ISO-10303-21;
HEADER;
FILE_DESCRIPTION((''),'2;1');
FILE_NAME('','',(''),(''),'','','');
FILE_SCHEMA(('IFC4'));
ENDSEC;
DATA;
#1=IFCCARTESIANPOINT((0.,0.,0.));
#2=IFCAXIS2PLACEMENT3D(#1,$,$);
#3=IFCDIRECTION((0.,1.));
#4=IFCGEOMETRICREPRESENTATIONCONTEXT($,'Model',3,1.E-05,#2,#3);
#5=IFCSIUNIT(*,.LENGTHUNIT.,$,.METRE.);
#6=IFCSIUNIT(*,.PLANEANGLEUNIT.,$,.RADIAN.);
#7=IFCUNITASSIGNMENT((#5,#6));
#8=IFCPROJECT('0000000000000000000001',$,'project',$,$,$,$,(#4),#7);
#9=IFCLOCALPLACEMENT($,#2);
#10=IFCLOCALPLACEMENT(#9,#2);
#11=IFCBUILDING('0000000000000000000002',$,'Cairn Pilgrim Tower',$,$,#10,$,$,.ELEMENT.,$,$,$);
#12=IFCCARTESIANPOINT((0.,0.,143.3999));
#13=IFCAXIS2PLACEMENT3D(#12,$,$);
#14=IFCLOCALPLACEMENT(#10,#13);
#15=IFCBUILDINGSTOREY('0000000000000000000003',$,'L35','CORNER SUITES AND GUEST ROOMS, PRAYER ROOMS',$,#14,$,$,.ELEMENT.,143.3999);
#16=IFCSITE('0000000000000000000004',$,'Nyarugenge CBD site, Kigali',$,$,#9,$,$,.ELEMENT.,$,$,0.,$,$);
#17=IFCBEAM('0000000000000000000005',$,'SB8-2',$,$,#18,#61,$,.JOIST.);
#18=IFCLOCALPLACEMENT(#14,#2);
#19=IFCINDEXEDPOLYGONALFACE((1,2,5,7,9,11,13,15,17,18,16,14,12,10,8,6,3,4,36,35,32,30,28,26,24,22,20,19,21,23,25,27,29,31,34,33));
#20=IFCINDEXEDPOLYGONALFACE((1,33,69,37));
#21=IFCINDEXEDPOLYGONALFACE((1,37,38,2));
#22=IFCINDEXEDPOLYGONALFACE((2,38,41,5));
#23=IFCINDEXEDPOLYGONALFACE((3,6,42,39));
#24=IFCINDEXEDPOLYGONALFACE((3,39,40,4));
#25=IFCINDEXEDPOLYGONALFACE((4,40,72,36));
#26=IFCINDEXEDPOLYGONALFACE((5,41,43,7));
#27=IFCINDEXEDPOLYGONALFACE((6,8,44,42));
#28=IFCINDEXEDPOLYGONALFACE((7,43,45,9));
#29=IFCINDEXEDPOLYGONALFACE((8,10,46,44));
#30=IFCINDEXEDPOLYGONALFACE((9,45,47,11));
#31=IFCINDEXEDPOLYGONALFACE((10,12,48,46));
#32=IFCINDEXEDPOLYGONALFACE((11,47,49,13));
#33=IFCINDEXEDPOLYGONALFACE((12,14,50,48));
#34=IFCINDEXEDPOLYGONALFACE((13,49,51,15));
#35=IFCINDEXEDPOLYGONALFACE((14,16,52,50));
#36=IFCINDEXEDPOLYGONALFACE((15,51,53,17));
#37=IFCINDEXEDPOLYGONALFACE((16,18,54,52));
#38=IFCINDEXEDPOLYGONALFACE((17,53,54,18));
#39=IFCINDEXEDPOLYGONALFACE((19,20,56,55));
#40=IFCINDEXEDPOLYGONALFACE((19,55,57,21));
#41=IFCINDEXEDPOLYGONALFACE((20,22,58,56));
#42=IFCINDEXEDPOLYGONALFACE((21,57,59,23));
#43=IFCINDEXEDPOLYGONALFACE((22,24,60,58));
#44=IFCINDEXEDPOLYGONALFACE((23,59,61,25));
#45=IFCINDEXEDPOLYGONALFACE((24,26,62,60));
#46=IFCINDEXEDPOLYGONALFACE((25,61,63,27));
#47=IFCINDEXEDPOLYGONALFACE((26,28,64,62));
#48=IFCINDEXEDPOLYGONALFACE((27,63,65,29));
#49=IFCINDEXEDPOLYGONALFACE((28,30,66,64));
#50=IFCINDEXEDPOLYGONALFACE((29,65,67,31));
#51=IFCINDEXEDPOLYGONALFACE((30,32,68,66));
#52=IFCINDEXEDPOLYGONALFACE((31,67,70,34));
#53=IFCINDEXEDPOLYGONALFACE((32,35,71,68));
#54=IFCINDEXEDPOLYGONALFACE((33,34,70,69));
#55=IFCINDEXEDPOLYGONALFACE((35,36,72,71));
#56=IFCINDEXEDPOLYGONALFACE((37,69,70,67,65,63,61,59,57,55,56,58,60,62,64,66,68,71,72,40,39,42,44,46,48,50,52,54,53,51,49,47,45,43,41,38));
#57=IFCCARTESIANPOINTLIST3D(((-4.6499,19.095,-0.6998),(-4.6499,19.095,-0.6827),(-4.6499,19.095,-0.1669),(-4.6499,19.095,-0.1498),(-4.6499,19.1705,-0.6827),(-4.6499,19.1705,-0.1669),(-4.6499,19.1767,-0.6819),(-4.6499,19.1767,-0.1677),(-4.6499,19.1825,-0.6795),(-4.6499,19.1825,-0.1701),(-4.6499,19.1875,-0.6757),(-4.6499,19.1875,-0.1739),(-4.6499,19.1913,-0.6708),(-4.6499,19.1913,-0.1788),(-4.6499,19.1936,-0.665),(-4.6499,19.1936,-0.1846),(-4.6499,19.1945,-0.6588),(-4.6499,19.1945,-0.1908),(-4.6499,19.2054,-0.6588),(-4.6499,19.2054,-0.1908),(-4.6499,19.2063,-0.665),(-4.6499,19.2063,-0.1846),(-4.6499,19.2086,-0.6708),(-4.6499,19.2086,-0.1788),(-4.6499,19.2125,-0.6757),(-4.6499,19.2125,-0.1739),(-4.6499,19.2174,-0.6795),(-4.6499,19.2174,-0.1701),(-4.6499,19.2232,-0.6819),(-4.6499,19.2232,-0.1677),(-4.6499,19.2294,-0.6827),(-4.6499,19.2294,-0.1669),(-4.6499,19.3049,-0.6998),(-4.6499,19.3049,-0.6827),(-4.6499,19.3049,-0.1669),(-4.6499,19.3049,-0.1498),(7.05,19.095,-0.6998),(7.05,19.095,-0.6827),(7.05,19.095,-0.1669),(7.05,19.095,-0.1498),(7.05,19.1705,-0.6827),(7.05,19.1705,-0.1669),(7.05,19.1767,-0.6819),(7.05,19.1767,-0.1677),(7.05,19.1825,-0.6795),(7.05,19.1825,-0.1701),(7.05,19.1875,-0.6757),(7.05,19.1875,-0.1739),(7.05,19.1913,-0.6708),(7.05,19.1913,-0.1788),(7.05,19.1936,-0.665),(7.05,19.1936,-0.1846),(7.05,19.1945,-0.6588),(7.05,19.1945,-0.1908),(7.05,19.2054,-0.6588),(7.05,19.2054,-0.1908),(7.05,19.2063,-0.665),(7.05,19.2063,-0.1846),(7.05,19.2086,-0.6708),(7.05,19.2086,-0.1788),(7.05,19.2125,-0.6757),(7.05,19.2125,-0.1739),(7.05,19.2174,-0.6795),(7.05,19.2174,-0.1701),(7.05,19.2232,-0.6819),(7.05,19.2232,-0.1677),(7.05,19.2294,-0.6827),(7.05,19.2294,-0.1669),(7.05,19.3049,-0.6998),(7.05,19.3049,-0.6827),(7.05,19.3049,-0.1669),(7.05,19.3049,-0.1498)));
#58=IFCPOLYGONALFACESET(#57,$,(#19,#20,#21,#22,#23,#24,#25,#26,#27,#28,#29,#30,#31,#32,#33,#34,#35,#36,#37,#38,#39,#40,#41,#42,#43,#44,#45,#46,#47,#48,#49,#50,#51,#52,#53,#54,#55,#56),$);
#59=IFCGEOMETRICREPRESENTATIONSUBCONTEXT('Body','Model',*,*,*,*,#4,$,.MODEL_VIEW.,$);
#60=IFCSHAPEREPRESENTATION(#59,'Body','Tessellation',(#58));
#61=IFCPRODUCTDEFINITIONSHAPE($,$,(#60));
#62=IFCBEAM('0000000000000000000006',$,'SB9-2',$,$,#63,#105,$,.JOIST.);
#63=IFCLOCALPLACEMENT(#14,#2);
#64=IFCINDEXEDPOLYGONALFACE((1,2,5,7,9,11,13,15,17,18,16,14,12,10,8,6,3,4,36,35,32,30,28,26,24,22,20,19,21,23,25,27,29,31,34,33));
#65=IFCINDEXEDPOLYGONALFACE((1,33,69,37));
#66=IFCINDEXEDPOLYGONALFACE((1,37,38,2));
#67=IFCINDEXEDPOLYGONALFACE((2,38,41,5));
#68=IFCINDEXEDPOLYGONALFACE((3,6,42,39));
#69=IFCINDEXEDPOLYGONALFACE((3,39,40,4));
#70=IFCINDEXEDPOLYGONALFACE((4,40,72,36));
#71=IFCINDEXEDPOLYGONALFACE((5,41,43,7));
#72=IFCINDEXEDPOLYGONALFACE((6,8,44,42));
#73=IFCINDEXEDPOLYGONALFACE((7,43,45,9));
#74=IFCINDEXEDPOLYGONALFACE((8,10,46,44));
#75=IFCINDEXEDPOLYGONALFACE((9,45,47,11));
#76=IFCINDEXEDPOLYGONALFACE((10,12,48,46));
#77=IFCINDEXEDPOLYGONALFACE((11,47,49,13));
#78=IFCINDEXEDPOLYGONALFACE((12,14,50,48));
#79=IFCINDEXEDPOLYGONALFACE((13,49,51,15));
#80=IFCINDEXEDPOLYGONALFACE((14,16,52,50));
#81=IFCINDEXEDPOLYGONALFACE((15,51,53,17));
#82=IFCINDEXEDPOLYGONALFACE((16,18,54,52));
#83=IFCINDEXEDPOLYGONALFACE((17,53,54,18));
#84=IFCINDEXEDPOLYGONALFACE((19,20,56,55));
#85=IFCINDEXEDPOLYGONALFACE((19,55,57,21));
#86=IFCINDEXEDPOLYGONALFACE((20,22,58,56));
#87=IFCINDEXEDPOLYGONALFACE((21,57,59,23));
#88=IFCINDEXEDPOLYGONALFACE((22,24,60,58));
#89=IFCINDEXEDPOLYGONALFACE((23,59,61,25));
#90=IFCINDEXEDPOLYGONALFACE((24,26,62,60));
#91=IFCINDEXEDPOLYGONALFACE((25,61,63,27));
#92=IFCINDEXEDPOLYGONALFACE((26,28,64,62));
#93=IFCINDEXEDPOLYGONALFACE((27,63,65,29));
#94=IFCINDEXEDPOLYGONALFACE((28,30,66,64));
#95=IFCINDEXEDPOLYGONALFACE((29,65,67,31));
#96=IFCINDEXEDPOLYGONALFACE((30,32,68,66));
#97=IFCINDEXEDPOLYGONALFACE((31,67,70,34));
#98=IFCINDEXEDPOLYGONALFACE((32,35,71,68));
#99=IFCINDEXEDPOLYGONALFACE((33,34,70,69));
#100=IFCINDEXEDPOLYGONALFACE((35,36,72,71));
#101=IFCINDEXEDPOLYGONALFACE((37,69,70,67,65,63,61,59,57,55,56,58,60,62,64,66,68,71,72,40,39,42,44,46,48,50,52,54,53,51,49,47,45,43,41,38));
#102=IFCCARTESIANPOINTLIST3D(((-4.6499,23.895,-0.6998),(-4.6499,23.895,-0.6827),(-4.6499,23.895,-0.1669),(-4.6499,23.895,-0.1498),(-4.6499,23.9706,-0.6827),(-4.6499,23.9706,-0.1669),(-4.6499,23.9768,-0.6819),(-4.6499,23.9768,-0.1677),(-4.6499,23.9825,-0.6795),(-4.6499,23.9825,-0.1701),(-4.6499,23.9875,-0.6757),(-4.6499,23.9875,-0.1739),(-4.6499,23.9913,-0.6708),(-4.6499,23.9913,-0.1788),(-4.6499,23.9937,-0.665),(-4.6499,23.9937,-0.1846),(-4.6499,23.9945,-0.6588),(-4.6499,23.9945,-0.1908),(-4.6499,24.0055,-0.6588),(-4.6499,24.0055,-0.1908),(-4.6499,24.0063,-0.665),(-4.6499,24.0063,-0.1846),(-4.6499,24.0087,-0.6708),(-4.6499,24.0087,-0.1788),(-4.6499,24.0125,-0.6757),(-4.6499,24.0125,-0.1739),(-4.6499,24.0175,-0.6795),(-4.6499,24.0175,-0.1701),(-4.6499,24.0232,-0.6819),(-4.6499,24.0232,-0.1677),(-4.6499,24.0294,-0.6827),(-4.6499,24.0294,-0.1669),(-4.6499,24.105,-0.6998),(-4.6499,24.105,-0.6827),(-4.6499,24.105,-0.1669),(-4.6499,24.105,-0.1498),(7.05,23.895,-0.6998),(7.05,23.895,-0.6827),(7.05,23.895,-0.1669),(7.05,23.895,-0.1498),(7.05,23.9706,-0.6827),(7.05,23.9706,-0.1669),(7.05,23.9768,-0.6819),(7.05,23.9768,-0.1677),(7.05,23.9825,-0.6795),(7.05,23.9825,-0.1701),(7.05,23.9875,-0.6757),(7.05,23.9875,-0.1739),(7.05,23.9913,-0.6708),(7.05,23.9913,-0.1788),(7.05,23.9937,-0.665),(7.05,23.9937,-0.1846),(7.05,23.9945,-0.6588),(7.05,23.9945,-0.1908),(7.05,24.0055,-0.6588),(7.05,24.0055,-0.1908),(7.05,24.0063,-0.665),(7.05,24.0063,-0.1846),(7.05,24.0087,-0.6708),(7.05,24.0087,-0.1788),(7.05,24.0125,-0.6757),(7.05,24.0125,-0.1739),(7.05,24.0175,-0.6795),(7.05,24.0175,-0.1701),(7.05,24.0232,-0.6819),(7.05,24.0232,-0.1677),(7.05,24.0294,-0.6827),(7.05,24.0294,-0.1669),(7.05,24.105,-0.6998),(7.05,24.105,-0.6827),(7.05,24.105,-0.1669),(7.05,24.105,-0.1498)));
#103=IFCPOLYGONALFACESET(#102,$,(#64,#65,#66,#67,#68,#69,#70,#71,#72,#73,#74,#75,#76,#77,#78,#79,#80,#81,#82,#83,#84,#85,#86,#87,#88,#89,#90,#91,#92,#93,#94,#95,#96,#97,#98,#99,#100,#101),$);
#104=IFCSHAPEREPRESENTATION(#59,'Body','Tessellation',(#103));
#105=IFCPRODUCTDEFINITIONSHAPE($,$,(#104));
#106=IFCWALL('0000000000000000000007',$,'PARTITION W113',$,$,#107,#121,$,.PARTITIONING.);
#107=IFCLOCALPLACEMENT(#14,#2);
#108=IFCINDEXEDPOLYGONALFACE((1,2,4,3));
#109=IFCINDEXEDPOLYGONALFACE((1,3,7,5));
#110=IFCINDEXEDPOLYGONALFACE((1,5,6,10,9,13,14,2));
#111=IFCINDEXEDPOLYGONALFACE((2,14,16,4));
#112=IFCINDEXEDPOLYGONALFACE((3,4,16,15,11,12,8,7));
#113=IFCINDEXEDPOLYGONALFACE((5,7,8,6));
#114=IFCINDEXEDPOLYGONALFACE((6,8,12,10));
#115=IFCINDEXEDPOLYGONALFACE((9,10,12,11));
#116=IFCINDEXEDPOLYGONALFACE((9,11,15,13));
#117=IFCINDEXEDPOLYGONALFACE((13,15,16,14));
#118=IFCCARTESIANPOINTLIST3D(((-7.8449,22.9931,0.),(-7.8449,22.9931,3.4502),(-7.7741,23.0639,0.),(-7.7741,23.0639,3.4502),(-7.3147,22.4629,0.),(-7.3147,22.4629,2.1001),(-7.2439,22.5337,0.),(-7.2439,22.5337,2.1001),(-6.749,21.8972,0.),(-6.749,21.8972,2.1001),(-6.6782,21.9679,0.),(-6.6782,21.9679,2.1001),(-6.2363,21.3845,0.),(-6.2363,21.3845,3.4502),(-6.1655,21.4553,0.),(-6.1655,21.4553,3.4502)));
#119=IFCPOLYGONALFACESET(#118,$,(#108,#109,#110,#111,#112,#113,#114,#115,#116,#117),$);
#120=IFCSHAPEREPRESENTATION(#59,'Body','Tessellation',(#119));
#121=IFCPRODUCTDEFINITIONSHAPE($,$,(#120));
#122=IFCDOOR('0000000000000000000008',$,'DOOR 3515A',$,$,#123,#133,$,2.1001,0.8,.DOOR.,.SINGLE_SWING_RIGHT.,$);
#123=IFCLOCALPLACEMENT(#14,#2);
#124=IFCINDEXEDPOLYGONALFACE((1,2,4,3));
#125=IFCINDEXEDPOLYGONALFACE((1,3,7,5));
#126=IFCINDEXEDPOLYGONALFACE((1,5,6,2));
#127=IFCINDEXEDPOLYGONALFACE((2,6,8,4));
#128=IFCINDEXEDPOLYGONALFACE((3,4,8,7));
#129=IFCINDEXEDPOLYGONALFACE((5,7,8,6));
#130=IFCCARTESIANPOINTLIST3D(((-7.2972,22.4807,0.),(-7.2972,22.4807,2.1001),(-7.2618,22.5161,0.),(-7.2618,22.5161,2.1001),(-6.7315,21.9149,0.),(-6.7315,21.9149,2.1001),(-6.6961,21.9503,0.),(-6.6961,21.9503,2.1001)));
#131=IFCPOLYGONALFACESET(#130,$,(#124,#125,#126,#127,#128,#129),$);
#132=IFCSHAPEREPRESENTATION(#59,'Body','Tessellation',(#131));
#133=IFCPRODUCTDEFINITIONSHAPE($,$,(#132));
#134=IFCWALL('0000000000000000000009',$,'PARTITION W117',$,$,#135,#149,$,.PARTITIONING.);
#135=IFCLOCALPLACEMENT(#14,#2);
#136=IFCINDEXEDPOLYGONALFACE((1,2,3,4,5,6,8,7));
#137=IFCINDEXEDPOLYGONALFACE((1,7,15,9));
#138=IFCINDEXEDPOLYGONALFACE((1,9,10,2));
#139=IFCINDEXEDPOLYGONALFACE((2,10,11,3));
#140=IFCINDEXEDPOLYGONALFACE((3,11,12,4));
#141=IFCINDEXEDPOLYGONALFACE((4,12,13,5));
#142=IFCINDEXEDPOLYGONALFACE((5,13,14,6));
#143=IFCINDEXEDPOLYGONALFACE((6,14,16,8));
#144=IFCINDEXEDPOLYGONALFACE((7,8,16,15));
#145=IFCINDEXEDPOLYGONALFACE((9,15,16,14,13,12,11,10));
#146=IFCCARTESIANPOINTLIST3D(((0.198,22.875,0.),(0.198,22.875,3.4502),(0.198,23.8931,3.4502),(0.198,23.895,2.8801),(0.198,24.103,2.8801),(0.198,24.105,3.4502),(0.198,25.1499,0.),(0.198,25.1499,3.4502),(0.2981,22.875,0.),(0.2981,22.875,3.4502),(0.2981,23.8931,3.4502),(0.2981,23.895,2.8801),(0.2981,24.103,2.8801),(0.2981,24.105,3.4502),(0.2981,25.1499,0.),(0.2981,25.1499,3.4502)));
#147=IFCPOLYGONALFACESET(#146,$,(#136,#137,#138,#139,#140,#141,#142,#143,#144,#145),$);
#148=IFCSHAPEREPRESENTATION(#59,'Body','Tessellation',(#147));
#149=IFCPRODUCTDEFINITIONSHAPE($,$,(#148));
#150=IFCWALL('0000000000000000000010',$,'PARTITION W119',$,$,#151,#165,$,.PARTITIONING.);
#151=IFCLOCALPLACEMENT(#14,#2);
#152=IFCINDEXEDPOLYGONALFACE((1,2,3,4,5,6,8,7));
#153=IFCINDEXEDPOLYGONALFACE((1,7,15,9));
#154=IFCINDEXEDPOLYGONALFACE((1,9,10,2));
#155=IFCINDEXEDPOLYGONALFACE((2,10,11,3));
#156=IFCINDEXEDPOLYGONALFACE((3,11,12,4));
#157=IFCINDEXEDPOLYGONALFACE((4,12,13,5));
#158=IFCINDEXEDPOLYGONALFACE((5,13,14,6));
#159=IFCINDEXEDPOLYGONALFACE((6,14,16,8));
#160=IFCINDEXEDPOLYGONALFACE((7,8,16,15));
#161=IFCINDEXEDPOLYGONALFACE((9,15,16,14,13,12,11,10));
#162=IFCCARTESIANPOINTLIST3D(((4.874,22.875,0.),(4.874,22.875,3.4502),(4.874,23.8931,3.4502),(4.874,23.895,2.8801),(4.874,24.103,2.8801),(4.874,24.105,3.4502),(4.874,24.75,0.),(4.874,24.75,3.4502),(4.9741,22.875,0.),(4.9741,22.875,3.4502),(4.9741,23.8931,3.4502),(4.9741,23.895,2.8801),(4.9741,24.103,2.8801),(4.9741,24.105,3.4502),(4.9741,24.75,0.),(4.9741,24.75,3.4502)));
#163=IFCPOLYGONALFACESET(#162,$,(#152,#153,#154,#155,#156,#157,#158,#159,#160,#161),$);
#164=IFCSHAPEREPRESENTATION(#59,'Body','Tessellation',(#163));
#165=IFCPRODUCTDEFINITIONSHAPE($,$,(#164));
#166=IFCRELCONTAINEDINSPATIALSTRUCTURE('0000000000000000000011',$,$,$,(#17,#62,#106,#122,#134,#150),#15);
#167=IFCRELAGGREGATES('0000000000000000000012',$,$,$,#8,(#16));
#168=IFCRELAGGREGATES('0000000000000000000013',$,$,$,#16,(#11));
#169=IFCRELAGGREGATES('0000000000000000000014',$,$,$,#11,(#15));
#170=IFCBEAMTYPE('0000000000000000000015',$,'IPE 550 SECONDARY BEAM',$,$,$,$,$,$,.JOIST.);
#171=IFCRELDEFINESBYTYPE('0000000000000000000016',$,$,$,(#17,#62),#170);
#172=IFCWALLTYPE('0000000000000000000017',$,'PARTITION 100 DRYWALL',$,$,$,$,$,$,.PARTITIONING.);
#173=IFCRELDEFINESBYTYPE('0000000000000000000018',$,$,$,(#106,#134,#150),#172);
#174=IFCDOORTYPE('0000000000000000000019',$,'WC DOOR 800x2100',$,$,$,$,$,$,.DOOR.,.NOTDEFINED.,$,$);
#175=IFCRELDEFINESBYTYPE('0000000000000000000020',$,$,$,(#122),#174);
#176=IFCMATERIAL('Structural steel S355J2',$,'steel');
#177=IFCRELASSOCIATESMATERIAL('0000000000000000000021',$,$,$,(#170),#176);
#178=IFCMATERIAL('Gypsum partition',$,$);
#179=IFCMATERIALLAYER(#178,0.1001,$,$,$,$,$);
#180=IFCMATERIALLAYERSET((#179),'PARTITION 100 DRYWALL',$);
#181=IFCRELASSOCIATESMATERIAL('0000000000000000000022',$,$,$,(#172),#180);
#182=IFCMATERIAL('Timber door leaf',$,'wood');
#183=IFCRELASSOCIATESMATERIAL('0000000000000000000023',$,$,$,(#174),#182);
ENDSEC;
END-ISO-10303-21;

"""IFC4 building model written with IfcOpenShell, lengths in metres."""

from ifc_helpers import new_model, si_unit, direction, frame, frame_2d, origin, origin_2d, place, context, subcontext, project, spatial, polyline, rectangle, i_section, outline, extrude, material, layer, layer_set, material_profile, profile_set, type_object, element, fill, save


model = new_model("IFC4")

# Units and contexts
model_context = context("Model", 3, precision=1e-05, world=origin(), true_north=direction((0.0, 1.0)))
body_context = subcontext(model_context, "Body", "Model", "MODEL_VIEW")
ifc_project = project(units=[si_unit("LENGTHUNIT", "METRE"), si_unit("PLANEANGLEUNIT", "RADIAN")], contexts=[model_context])

# Site, building, storey
site_placement = place(None, origin())
site = spatial("IfcSite", under=ifc_project, at=site_placement, Name="Nyarugenge CBD site, Kigali", CompositionType="ELEMENT", RefElevation=0.0)
building_placement = place(site_placement, origin())
building = spatial("IfcBuilding", under=site, at=building_placement, Name="Cairn Pilgrim Tower", CompositionType="ELEMENT")
storey_placement = place(building_placement, frame((0.0, 0.0, 143.3999)))
storey = spatial("IfcBuildingStorey", under=building, at=storey_placement, Name="L35", Description="CORNER SUITES AND GUEST ROOMS, PRAYER ROOMS", CompositionType="ELEMENT", Elevation=143.3999)

# Beams
ifc_material_1 = material(Name="Structural steel S355J2", Category="steel")
ifc_material_profile = material_profile(ifc_material_1, i_section(OverallWidth=0.21, OverallDepth=0.55, WebThickness=0.011, FlangeThickness=0.0171, FilletRadius=0.0239, at=origin_2d()), Name="IPE 550")
ifc_profile_set = profile_set([ifc_material_profile], Name="Structural steel S355J2")
beam_type = type_object("IfcBeamType", Name="IPE 550 SECONDARY BEAM", PredefinedType="JOIST", material=ifc_profile_set)
for number, where, z_axis, x_axis, name in (
    (1, (-4.6499, 19.2, -0.4248), (1.0, 0.0, 0.0), (0.0, 1.0, 0.0), "SB8-2"),
    (2, (-4.6499, 24.0, -0.4248), (1.0, 0.0, 0.0), (0.0, 1.0, 0.0), "SB9-2"),
):
    element("IfcBeam", number, at=place(storey_placement, frame(where, z_axis=z_axis, x_axis=x_axis)), inside=storey, type_object=beam_type, Name=name, PredefinedType="JOIST", context=body_context, shape_type="SweptSolid", body=[
        extrude(i_section(OverallWidth=0.21, OverallDepth=0.55, WebThickness=0.011, FlangeThickness=0.0171, FilletRadius=0.0239, at=origin_2d()), origin(), (0.0, 0.0, 1.0), 11.7),
    ])

# Wall, opening, door
ifc_material_2 = material(Name="Gypsum partition")
ifc_layer_1 = layer(ifc_material_2, 0.1001)
ifc_layer_set_1 = layer_set([ifc_layer_1], Name="PARTITION 100 DRYWALL")
wall_type_1 = type_object("IfcWallType", Name="PARTITION 100 DRYWALL", PredefinedType="PARTITIONING", material=ifc_layer_set_1)
wall_1_placement = place(storey_placement, frame((-6.2009, 21.4199, 0.0), z_axis=(0.0, 0.0, 1.0), x_axis=(-0.707107, 0.707107, 0.0)))
wall_1 = element("IfcWall", 3, at=wall_1_placement, inside=storey, type_object=wall_type_1, Name="PARTITION W113", PredefinedType="PARTITIONING", context=body_context, shape_type="SweptSolid", body=[
    extrude(rectangle(XDim=2.2749, YDim=0.1001, at=frame_2d((1.1375, 0.0))), origin(), (0.0, 0.0, 1.0), 3.4502),
])
opening_1_placement = place(wall_1_placement, frame((0.7251, 0.0, 0.0)))
opening_1 = element("IfcOpeningElement", 4, at=opening_1_placement, cuts=wall_1, PredefinedType="OPENING", context=body_context, shape_type="SweptSolid", body=[
    extrude(rectangle(XDim=0.8, YDim=2.1001, at=frame_2d((0.3999, 1.05))), frame((0.0, 0.0601, 0.0), z_axis=(0.0, -1.0, 0.0), x_axis=(1.0, 0.0, 0.0)), (0.0, 0.0, 1.0), 0.1201),
])
ifc_material_3 = material(Name="Timber door leaf", Category="wood")
door_type_1 = type_object("IfcDoorType", Name="WC DOOR 800x2100", OperationType="NOTDEFINED", PredefinedType="DOOR", material=ifc_material_3)
door_1_placement = place(opening_1_placement, frame((0.8, 0.0, 0.0), z_axis=(0.0, 0.0, 1.0), x_axis=(-1.0, 0.0, 0.0)))
door_1 = element("IfcDoor", 5, at=door_1_placement, inside=storey, type_object=door_type_1, Name="DOOR 3515A", OperationType="SINGLE_SWING_RIGHT", OverallHeight=2.1001, OverallWidth=0.8, PredefinedType="DOOR", context=body_context, shape_type="SweptSolid", body=[
    extrude(rectangle(XDim=0.8, YDim=2.1001, at=frame_2d((0.3999, 1.05))), frame((0.0, 0.0249, 0.0), z_axis=(0.0, -1.0, 0.0), x_axis=(1.0, 0.0, 0.0)), (0.0, 0.0, 1.0), 0.05),
])
fill(opening_1, door_1)

# Walls
wall_2_placement = place(storey_placement, frame((0.248, 22.875, 0.0), z_axis=(0.0, 0.0, 1.0), x_axis=(0.0, 1.0, 0.0)))
element("IfcWall", 6, at=wall_2_placement, inside=storey, type_object=wall_type_1, Name="PARTITION W117", PredefinedType="PARTITIONING", context=body_context, shape_type="SweptSolid", body=[
    extrude(outline(polyline([(0.0, 0.0), (2.2749, 0.0), (2.2749, 3.4502), (1.23, 3.4502), (1.228, 2.8801), (1.02, 2.8801), (1.0181, 3.4502), (0.0, 3.4502), (0.0, 0.0)])), frame((0.0, 0.05, 0.0), z_axis=(0.0, -1.0, 0.0), x_axis=(1.0, 0.0, 0.0)), (0.0, 0.0, 1.0), 0.1001),
])
wall_3_placement = place(storey_placement, frame((4.9241, 22.875, 0.0), z_axis=(0.0, 0.0, 1.0), x_axis=(0.0, 1.0, 0.0)))
element("IfcWall", 7, at=wall_3_placement, inside=storey, type_object=wall_type_1, Name="PARTITION W119", PredefinedType="PARTITIONING", context=body_context, shape_type="SweptSolid", body=[
    extrude(outline(polyline([(0.0, 0.0), (1.875, 0.0), (1.875, 3.4502), (1.23, 3.4502), (1.228, 2.8801), (1.02, 2.8801), (1.0181, 3.4502), (0.0, 3.4502), (0.0, 0.0)])), frame((0.0, 0.05, 0.0), z_axis=(0.0, -1.0, 0.0), x_axis=(1.0, 0.0, 0.0)), (0.0, 0.0, 1.0), 0.1001),
])

save(model, "model.ifc")
